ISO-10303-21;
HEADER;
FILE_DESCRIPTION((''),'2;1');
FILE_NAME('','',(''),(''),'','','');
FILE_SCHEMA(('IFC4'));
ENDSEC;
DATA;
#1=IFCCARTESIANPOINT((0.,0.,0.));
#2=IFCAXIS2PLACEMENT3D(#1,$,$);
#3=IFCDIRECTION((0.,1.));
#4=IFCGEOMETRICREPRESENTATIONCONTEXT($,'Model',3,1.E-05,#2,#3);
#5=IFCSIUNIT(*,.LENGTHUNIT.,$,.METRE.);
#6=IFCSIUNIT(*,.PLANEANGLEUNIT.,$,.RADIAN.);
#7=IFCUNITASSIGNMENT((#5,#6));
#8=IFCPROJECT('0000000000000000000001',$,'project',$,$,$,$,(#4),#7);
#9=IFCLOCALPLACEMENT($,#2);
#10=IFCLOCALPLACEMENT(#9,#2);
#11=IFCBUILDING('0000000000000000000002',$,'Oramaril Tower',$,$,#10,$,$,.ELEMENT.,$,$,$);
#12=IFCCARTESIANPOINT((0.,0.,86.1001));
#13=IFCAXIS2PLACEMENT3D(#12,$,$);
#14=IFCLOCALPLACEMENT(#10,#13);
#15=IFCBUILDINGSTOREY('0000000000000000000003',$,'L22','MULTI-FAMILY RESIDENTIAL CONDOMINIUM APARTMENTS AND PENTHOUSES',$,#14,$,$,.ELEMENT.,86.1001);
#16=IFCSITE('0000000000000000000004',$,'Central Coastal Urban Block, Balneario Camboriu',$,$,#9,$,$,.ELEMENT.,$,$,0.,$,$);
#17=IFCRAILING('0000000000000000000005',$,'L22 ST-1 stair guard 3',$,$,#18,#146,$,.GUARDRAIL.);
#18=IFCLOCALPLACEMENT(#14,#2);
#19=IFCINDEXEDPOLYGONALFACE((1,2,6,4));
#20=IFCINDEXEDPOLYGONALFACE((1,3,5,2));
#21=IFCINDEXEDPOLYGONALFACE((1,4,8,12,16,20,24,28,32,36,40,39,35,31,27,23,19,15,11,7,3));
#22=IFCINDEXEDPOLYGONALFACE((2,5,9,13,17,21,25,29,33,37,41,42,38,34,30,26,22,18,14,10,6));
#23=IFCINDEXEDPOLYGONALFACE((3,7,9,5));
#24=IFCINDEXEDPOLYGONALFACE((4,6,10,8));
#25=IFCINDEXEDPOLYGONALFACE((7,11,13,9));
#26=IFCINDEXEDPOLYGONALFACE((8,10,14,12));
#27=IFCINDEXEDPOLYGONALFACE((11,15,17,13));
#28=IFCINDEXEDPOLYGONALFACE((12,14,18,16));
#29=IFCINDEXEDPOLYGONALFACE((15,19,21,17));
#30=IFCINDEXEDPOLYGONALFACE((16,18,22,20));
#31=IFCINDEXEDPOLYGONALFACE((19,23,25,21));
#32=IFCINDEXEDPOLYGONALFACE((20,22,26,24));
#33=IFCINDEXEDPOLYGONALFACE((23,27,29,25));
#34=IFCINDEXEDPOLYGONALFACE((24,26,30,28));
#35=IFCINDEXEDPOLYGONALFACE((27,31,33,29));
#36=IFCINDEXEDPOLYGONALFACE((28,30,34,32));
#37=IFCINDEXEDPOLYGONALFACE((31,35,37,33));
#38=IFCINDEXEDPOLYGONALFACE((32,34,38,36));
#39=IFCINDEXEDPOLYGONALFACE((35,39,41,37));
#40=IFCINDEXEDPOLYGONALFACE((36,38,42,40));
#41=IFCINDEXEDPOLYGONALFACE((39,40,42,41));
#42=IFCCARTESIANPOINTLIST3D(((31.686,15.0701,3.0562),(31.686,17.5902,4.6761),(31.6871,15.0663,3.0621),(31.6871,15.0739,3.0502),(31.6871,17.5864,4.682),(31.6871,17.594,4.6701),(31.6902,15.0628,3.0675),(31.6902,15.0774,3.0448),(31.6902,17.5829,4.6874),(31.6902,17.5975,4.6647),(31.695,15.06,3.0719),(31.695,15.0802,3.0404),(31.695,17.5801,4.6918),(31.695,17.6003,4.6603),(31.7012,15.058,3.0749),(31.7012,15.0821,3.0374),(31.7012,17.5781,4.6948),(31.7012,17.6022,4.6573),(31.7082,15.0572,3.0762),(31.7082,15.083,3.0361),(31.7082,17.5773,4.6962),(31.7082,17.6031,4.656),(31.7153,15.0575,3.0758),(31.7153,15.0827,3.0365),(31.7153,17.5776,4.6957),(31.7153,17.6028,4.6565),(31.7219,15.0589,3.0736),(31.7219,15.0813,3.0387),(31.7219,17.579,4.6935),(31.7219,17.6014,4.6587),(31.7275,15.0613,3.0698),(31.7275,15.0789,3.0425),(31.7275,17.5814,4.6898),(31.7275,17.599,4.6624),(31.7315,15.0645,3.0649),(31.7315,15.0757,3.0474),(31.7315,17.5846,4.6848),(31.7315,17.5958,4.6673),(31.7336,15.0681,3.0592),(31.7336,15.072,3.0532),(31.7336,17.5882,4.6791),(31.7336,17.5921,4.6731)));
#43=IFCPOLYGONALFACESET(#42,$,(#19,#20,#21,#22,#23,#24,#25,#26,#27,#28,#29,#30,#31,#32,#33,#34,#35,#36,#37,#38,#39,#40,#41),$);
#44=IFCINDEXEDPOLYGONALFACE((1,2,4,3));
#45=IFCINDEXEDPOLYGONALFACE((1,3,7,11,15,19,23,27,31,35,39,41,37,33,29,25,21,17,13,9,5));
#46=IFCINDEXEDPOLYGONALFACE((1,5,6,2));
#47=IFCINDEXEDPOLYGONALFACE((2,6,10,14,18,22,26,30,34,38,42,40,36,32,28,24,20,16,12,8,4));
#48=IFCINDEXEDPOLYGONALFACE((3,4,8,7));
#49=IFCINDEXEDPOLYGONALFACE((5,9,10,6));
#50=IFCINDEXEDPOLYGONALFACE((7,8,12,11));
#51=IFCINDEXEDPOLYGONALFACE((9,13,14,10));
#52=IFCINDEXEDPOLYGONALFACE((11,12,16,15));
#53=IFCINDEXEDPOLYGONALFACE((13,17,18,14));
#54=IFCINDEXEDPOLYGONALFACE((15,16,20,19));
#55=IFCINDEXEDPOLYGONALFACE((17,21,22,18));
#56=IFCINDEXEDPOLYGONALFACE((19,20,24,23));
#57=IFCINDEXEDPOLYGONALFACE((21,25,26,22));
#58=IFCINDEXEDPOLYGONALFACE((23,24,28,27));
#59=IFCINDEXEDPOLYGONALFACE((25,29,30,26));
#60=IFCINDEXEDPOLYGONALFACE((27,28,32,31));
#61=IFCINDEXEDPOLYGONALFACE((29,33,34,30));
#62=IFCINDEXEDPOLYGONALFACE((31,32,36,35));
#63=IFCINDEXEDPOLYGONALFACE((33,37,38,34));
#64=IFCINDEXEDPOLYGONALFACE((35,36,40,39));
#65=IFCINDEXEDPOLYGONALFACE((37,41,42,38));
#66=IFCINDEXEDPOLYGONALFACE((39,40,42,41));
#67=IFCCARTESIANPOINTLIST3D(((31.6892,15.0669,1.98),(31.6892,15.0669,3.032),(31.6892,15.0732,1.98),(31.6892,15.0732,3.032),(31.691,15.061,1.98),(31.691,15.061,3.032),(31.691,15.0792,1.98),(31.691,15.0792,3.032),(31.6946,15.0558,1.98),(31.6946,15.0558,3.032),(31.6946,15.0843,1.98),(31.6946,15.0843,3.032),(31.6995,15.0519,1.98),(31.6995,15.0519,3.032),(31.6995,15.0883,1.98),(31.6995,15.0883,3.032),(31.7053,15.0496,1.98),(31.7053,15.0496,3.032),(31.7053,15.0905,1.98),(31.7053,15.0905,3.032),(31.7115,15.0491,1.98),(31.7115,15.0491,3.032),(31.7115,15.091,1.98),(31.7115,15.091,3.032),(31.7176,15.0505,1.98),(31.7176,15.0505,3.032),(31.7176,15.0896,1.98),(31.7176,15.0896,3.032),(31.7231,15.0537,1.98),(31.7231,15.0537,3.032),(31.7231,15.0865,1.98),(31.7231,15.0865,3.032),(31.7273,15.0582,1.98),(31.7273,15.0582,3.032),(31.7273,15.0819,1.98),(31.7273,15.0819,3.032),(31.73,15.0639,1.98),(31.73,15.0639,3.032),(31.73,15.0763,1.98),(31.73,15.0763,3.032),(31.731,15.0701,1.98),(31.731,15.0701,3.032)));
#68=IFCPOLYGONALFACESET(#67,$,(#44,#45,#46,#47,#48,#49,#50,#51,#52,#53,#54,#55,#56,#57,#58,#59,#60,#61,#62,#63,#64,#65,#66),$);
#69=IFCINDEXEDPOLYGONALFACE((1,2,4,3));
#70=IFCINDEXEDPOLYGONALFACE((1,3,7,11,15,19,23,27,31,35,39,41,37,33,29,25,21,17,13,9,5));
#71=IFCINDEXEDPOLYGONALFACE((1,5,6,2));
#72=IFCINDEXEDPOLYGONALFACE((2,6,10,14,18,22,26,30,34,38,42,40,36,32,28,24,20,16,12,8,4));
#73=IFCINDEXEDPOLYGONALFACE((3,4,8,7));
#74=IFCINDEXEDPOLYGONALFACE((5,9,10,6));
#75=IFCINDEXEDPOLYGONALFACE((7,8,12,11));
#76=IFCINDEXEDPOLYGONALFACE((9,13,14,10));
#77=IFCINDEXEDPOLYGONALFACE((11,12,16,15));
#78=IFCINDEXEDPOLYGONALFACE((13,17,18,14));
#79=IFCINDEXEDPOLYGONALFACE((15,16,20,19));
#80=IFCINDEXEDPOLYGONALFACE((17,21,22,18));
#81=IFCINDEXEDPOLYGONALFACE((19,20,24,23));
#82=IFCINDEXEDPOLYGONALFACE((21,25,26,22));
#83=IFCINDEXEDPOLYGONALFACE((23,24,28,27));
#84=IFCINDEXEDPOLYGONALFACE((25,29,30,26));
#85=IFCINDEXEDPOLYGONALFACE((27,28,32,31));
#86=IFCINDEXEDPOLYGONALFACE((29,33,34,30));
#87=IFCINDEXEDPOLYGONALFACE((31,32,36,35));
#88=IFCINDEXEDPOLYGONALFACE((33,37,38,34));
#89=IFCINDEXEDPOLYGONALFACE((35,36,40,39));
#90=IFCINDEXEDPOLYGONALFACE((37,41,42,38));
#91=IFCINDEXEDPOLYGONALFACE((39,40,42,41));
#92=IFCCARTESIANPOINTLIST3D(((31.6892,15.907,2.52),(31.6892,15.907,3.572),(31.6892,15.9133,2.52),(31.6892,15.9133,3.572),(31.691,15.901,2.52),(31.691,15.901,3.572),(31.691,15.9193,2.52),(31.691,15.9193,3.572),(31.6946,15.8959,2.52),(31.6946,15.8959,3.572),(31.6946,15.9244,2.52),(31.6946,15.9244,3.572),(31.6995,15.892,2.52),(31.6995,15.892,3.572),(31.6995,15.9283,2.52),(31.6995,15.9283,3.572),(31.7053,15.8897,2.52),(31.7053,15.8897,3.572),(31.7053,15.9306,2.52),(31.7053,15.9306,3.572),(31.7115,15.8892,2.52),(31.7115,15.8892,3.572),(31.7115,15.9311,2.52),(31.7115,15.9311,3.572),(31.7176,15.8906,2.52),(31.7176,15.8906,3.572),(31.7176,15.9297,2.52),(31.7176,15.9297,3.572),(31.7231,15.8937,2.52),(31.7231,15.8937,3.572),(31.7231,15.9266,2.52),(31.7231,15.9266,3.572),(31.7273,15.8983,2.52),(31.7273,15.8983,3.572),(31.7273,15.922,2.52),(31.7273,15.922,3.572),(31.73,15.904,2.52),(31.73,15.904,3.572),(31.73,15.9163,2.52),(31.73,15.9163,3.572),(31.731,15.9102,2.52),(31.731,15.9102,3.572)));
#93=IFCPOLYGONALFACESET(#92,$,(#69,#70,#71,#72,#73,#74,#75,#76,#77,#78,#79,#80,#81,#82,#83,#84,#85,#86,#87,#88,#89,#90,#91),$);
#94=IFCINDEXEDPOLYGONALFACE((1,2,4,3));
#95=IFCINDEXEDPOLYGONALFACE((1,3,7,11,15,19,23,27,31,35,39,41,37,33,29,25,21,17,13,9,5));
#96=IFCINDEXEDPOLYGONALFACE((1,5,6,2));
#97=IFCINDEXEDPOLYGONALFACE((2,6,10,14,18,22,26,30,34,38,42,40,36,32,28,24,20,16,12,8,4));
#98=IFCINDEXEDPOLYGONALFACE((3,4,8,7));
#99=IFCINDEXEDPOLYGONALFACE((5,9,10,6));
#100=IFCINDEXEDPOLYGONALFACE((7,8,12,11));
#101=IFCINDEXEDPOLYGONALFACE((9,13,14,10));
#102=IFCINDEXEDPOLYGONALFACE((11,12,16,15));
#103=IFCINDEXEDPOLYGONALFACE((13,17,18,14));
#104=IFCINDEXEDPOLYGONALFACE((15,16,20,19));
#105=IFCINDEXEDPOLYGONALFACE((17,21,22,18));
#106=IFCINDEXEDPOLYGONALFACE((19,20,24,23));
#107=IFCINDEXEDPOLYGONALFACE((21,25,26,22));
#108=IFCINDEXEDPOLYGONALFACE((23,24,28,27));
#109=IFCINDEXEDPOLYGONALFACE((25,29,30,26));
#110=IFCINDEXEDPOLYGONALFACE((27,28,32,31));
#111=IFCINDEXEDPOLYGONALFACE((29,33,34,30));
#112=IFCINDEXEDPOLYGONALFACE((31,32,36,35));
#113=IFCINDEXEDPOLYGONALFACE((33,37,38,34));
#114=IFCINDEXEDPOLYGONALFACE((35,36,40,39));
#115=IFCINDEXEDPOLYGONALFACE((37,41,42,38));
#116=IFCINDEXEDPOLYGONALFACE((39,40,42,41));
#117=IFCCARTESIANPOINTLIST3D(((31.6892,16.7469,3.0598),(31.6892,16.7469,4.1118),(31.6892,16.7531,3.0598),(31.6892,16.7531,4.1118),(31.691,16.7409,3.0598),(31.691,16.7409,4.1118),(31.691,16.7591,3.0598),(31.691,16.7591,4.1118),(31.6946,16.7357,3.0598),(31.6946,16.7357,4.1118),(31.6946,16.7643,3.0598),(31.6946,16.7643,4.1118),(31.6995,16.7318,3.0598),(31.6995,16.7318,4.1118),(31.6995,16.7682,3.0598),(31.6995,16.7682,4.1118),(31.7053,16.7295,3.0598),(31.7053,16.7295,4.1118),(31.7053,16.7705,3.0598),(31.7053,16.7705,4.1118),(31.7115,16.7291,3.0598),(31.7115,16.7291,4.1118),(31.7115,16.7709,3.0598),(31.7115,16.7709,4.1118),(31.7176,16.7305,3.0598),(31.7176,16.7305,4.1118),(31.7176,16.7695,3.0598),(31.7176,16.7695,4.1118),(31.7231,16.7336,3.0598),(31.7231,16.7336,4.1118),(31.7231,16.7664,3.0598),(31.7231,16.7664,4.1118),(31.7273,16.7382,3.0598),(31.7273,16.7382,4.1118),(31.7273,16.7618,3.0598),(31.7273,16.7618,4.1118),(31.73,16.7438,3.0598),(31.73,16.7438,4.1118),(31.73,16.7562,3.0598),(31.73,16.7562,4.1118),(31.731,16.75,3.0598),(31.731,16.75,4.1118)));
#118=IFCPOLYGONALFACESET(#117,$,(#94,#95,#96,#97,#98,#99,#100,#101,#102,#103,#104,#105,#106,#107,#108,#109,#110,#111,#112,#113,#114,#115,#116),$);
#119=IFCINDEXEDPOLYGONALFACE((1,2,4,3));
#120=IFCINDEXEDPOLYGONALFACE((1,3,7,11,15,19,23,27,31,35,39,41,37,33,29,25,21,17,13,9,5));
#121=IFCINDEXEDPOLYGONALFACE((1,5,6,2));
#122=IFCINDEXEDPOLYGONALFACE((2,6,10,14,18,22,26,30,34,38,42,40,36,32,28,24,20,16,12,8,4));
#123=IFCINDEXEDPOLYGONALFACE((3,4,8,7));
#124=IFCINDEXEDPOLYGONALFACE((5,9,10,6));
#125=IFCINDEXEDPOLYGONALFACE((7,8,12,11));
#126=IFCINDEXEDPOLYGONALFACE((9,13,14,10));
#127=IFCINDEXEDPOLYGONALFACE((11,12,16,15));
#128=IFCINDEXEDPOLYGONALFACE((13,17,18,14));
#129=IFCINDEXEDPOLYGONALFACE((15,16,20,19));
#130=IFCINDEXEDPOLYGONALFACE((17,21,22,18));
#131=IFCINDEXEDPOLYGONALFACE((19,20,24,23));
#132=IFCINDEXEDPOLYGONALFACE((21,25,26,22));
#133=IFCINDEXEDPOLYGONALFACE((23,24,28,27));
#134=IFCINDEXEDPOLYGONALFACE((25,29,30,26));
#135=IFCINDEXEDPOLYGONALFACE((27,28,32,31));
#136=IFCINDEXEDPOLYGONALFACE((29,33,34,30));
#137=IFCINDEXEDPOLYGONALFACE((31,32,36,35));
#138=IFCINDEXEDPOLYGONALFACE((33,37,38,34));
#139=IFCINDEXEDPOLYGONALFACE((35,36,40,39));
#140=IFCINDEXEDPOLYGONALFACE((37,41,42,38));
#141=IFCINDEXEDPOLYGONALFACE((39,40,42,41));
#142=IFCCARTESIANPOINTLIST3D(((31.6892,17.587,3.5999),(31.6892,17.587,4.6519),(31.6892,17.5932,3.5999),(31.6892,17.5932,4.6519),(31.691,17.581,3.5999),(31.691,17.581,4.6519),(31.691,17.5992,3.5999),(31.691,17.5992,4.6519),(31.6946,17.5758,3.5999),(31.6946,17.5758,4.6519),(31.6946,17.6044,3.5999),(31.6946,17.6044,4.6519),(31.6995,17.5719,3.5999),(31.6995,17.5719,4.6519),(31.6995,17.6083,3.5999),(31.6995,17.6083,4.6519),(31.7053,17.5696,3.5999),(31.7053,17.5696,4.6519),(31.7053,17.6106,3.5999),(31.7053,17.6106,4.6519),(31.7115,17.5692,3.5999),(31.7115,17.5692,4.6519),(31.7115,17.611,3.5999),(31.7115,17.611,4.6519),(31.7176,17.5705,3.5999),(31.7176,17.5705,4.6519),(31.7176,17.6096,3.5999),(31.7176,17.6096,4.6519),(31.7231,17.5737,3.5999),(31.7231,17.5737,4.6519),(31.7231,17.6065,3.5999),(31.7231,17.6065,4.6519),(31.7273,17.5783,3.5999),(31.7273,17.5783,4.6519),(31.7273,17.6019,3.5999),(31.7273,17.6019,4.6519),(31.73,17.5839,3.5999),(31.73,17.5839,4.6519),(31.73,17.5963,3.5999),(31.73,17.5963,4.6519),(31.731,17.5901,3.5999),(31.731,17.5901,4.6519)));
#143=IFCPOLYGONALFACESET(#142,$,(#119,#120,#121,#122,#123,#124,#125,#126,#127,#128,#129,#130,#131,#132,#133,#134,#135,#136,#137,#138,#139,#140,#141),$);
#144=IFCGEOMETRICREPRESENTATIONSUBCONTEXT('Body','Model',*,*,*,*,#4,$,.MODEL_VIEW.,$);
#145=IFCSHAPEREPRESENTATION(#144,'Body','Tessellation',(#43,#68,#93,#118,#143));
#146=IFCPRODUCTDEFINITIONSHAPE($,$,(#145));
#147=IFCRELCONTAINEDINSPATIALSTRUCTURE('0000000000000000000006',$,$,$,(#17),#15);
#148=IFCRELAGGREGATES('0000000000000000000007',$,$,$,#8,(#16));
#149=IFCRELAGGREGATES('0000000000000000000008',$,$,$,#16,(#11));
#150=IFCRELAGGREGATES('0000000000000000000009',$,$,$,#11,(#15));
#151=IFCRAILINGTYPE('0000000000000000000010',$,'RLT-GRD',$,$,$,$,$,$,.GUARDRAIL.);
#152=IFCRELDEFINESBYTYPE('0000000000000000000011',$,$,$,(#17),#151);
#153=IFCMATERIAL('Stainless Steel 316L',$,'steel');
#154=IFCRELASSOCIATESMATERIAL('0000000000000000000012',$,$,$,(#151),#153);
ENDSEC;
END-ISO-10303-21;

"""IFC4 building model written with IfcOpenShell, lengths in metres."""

from ifc_helpers import new_model, si_unit, direction, frame, origin, origin_2d, place, context, subcontext, project, spatial, circle, extrude, material, type_object, element, save


model = new_model("IFC4")

# Units and contexts
model_context = context("Model", 3, precision=1e-05, world=origin(), true_north=direction((0.0, 1.0)))
body_context = subcontext(model_context, "Body", "Model", "MODEL_VIEW")
ifc_project = project(units=[si_unit("LENGTHUNIT", "METRE"), si_unit("PLANEANGLEUNIT", "RADIAN")], contexts=[model_context])

# Site, building, storey
site_placement = place(None, origin())
site = spatial("IfcSite", under=ifc_project, at=site_placement, Name="Central Coastal Urban Block, Balneario Camboriu", CompositionType="ELEMENT", RefElevation=0.0)
building_placement = place(site_placement, origin())
building = spatial("IfcBuilding", under=site, at=building_placement, Name="Oramaril Tower", CompositionType="ELEMENT")
storey_placement = place(building_placement, frame((0.0, 0.0, 86.1001)))
storey = spatial("IfcBuildingStorey", under=building, at=storey_placement, Name="L22", Description="MULTI-FAMILY RESIDENTIAL CONDOMINIUM APARTMENTS AND PENTHOUSES", CompositionType="ELEMENT", Elevation=86.1001)

# Railing
ifc_material_1 = material(Name="Stainless Steel 316L", Category="steel")
railing_type_1 = type_object("IfcRailingType", Name="RLT-GRD", PredefinedType="GUARDRAIL", material=ifc_material_1)
railing_1_placement = place(storey_placement, frame((31.71, 15.0701, 1.98)))
element("IfcRailing", 1, at=railing_1_placement, inside=storey, type_object=railing_type_1, Name="L22 ST-1 stair guard 3", PredefinedType="GUARDRAIL", context=body_context, shape_type="SweptSolid", body=[
    extrude(circle(Radius=0.0239, at=origin_2d()), frame((0.0, 0.0, 1.0762), z_axis=(0.0, 0.8412, 0.540725), x_axis=(-1.0, 0.0, 0.0)), (0.0, 0.0, 1.0), 2.9958),
    extrude(circle(Radius=0.021, at=origin_2d()), origin(), (0.0, 0.0, 1.0), 1.052),
    extrude(circle(Radius=0.021, at=origin_2d()), frame((0.0, 0.8401, 0.54)), (0.0, 0.0, 1.0), 1.052),
    extrude(circle(Radius=0.021, at=origin_2d()), frame((0.0, 1.6799, 1.0798)), (0.0, 0.0, 1.0), 1.052),
    extrude(circle(Radius=0.021, at=origin_2d()), frame((0.0, 2.52, 1.6199)), (0.0, 0.0, 1.0), 1.052),
])

save(model, "model.ifc")
